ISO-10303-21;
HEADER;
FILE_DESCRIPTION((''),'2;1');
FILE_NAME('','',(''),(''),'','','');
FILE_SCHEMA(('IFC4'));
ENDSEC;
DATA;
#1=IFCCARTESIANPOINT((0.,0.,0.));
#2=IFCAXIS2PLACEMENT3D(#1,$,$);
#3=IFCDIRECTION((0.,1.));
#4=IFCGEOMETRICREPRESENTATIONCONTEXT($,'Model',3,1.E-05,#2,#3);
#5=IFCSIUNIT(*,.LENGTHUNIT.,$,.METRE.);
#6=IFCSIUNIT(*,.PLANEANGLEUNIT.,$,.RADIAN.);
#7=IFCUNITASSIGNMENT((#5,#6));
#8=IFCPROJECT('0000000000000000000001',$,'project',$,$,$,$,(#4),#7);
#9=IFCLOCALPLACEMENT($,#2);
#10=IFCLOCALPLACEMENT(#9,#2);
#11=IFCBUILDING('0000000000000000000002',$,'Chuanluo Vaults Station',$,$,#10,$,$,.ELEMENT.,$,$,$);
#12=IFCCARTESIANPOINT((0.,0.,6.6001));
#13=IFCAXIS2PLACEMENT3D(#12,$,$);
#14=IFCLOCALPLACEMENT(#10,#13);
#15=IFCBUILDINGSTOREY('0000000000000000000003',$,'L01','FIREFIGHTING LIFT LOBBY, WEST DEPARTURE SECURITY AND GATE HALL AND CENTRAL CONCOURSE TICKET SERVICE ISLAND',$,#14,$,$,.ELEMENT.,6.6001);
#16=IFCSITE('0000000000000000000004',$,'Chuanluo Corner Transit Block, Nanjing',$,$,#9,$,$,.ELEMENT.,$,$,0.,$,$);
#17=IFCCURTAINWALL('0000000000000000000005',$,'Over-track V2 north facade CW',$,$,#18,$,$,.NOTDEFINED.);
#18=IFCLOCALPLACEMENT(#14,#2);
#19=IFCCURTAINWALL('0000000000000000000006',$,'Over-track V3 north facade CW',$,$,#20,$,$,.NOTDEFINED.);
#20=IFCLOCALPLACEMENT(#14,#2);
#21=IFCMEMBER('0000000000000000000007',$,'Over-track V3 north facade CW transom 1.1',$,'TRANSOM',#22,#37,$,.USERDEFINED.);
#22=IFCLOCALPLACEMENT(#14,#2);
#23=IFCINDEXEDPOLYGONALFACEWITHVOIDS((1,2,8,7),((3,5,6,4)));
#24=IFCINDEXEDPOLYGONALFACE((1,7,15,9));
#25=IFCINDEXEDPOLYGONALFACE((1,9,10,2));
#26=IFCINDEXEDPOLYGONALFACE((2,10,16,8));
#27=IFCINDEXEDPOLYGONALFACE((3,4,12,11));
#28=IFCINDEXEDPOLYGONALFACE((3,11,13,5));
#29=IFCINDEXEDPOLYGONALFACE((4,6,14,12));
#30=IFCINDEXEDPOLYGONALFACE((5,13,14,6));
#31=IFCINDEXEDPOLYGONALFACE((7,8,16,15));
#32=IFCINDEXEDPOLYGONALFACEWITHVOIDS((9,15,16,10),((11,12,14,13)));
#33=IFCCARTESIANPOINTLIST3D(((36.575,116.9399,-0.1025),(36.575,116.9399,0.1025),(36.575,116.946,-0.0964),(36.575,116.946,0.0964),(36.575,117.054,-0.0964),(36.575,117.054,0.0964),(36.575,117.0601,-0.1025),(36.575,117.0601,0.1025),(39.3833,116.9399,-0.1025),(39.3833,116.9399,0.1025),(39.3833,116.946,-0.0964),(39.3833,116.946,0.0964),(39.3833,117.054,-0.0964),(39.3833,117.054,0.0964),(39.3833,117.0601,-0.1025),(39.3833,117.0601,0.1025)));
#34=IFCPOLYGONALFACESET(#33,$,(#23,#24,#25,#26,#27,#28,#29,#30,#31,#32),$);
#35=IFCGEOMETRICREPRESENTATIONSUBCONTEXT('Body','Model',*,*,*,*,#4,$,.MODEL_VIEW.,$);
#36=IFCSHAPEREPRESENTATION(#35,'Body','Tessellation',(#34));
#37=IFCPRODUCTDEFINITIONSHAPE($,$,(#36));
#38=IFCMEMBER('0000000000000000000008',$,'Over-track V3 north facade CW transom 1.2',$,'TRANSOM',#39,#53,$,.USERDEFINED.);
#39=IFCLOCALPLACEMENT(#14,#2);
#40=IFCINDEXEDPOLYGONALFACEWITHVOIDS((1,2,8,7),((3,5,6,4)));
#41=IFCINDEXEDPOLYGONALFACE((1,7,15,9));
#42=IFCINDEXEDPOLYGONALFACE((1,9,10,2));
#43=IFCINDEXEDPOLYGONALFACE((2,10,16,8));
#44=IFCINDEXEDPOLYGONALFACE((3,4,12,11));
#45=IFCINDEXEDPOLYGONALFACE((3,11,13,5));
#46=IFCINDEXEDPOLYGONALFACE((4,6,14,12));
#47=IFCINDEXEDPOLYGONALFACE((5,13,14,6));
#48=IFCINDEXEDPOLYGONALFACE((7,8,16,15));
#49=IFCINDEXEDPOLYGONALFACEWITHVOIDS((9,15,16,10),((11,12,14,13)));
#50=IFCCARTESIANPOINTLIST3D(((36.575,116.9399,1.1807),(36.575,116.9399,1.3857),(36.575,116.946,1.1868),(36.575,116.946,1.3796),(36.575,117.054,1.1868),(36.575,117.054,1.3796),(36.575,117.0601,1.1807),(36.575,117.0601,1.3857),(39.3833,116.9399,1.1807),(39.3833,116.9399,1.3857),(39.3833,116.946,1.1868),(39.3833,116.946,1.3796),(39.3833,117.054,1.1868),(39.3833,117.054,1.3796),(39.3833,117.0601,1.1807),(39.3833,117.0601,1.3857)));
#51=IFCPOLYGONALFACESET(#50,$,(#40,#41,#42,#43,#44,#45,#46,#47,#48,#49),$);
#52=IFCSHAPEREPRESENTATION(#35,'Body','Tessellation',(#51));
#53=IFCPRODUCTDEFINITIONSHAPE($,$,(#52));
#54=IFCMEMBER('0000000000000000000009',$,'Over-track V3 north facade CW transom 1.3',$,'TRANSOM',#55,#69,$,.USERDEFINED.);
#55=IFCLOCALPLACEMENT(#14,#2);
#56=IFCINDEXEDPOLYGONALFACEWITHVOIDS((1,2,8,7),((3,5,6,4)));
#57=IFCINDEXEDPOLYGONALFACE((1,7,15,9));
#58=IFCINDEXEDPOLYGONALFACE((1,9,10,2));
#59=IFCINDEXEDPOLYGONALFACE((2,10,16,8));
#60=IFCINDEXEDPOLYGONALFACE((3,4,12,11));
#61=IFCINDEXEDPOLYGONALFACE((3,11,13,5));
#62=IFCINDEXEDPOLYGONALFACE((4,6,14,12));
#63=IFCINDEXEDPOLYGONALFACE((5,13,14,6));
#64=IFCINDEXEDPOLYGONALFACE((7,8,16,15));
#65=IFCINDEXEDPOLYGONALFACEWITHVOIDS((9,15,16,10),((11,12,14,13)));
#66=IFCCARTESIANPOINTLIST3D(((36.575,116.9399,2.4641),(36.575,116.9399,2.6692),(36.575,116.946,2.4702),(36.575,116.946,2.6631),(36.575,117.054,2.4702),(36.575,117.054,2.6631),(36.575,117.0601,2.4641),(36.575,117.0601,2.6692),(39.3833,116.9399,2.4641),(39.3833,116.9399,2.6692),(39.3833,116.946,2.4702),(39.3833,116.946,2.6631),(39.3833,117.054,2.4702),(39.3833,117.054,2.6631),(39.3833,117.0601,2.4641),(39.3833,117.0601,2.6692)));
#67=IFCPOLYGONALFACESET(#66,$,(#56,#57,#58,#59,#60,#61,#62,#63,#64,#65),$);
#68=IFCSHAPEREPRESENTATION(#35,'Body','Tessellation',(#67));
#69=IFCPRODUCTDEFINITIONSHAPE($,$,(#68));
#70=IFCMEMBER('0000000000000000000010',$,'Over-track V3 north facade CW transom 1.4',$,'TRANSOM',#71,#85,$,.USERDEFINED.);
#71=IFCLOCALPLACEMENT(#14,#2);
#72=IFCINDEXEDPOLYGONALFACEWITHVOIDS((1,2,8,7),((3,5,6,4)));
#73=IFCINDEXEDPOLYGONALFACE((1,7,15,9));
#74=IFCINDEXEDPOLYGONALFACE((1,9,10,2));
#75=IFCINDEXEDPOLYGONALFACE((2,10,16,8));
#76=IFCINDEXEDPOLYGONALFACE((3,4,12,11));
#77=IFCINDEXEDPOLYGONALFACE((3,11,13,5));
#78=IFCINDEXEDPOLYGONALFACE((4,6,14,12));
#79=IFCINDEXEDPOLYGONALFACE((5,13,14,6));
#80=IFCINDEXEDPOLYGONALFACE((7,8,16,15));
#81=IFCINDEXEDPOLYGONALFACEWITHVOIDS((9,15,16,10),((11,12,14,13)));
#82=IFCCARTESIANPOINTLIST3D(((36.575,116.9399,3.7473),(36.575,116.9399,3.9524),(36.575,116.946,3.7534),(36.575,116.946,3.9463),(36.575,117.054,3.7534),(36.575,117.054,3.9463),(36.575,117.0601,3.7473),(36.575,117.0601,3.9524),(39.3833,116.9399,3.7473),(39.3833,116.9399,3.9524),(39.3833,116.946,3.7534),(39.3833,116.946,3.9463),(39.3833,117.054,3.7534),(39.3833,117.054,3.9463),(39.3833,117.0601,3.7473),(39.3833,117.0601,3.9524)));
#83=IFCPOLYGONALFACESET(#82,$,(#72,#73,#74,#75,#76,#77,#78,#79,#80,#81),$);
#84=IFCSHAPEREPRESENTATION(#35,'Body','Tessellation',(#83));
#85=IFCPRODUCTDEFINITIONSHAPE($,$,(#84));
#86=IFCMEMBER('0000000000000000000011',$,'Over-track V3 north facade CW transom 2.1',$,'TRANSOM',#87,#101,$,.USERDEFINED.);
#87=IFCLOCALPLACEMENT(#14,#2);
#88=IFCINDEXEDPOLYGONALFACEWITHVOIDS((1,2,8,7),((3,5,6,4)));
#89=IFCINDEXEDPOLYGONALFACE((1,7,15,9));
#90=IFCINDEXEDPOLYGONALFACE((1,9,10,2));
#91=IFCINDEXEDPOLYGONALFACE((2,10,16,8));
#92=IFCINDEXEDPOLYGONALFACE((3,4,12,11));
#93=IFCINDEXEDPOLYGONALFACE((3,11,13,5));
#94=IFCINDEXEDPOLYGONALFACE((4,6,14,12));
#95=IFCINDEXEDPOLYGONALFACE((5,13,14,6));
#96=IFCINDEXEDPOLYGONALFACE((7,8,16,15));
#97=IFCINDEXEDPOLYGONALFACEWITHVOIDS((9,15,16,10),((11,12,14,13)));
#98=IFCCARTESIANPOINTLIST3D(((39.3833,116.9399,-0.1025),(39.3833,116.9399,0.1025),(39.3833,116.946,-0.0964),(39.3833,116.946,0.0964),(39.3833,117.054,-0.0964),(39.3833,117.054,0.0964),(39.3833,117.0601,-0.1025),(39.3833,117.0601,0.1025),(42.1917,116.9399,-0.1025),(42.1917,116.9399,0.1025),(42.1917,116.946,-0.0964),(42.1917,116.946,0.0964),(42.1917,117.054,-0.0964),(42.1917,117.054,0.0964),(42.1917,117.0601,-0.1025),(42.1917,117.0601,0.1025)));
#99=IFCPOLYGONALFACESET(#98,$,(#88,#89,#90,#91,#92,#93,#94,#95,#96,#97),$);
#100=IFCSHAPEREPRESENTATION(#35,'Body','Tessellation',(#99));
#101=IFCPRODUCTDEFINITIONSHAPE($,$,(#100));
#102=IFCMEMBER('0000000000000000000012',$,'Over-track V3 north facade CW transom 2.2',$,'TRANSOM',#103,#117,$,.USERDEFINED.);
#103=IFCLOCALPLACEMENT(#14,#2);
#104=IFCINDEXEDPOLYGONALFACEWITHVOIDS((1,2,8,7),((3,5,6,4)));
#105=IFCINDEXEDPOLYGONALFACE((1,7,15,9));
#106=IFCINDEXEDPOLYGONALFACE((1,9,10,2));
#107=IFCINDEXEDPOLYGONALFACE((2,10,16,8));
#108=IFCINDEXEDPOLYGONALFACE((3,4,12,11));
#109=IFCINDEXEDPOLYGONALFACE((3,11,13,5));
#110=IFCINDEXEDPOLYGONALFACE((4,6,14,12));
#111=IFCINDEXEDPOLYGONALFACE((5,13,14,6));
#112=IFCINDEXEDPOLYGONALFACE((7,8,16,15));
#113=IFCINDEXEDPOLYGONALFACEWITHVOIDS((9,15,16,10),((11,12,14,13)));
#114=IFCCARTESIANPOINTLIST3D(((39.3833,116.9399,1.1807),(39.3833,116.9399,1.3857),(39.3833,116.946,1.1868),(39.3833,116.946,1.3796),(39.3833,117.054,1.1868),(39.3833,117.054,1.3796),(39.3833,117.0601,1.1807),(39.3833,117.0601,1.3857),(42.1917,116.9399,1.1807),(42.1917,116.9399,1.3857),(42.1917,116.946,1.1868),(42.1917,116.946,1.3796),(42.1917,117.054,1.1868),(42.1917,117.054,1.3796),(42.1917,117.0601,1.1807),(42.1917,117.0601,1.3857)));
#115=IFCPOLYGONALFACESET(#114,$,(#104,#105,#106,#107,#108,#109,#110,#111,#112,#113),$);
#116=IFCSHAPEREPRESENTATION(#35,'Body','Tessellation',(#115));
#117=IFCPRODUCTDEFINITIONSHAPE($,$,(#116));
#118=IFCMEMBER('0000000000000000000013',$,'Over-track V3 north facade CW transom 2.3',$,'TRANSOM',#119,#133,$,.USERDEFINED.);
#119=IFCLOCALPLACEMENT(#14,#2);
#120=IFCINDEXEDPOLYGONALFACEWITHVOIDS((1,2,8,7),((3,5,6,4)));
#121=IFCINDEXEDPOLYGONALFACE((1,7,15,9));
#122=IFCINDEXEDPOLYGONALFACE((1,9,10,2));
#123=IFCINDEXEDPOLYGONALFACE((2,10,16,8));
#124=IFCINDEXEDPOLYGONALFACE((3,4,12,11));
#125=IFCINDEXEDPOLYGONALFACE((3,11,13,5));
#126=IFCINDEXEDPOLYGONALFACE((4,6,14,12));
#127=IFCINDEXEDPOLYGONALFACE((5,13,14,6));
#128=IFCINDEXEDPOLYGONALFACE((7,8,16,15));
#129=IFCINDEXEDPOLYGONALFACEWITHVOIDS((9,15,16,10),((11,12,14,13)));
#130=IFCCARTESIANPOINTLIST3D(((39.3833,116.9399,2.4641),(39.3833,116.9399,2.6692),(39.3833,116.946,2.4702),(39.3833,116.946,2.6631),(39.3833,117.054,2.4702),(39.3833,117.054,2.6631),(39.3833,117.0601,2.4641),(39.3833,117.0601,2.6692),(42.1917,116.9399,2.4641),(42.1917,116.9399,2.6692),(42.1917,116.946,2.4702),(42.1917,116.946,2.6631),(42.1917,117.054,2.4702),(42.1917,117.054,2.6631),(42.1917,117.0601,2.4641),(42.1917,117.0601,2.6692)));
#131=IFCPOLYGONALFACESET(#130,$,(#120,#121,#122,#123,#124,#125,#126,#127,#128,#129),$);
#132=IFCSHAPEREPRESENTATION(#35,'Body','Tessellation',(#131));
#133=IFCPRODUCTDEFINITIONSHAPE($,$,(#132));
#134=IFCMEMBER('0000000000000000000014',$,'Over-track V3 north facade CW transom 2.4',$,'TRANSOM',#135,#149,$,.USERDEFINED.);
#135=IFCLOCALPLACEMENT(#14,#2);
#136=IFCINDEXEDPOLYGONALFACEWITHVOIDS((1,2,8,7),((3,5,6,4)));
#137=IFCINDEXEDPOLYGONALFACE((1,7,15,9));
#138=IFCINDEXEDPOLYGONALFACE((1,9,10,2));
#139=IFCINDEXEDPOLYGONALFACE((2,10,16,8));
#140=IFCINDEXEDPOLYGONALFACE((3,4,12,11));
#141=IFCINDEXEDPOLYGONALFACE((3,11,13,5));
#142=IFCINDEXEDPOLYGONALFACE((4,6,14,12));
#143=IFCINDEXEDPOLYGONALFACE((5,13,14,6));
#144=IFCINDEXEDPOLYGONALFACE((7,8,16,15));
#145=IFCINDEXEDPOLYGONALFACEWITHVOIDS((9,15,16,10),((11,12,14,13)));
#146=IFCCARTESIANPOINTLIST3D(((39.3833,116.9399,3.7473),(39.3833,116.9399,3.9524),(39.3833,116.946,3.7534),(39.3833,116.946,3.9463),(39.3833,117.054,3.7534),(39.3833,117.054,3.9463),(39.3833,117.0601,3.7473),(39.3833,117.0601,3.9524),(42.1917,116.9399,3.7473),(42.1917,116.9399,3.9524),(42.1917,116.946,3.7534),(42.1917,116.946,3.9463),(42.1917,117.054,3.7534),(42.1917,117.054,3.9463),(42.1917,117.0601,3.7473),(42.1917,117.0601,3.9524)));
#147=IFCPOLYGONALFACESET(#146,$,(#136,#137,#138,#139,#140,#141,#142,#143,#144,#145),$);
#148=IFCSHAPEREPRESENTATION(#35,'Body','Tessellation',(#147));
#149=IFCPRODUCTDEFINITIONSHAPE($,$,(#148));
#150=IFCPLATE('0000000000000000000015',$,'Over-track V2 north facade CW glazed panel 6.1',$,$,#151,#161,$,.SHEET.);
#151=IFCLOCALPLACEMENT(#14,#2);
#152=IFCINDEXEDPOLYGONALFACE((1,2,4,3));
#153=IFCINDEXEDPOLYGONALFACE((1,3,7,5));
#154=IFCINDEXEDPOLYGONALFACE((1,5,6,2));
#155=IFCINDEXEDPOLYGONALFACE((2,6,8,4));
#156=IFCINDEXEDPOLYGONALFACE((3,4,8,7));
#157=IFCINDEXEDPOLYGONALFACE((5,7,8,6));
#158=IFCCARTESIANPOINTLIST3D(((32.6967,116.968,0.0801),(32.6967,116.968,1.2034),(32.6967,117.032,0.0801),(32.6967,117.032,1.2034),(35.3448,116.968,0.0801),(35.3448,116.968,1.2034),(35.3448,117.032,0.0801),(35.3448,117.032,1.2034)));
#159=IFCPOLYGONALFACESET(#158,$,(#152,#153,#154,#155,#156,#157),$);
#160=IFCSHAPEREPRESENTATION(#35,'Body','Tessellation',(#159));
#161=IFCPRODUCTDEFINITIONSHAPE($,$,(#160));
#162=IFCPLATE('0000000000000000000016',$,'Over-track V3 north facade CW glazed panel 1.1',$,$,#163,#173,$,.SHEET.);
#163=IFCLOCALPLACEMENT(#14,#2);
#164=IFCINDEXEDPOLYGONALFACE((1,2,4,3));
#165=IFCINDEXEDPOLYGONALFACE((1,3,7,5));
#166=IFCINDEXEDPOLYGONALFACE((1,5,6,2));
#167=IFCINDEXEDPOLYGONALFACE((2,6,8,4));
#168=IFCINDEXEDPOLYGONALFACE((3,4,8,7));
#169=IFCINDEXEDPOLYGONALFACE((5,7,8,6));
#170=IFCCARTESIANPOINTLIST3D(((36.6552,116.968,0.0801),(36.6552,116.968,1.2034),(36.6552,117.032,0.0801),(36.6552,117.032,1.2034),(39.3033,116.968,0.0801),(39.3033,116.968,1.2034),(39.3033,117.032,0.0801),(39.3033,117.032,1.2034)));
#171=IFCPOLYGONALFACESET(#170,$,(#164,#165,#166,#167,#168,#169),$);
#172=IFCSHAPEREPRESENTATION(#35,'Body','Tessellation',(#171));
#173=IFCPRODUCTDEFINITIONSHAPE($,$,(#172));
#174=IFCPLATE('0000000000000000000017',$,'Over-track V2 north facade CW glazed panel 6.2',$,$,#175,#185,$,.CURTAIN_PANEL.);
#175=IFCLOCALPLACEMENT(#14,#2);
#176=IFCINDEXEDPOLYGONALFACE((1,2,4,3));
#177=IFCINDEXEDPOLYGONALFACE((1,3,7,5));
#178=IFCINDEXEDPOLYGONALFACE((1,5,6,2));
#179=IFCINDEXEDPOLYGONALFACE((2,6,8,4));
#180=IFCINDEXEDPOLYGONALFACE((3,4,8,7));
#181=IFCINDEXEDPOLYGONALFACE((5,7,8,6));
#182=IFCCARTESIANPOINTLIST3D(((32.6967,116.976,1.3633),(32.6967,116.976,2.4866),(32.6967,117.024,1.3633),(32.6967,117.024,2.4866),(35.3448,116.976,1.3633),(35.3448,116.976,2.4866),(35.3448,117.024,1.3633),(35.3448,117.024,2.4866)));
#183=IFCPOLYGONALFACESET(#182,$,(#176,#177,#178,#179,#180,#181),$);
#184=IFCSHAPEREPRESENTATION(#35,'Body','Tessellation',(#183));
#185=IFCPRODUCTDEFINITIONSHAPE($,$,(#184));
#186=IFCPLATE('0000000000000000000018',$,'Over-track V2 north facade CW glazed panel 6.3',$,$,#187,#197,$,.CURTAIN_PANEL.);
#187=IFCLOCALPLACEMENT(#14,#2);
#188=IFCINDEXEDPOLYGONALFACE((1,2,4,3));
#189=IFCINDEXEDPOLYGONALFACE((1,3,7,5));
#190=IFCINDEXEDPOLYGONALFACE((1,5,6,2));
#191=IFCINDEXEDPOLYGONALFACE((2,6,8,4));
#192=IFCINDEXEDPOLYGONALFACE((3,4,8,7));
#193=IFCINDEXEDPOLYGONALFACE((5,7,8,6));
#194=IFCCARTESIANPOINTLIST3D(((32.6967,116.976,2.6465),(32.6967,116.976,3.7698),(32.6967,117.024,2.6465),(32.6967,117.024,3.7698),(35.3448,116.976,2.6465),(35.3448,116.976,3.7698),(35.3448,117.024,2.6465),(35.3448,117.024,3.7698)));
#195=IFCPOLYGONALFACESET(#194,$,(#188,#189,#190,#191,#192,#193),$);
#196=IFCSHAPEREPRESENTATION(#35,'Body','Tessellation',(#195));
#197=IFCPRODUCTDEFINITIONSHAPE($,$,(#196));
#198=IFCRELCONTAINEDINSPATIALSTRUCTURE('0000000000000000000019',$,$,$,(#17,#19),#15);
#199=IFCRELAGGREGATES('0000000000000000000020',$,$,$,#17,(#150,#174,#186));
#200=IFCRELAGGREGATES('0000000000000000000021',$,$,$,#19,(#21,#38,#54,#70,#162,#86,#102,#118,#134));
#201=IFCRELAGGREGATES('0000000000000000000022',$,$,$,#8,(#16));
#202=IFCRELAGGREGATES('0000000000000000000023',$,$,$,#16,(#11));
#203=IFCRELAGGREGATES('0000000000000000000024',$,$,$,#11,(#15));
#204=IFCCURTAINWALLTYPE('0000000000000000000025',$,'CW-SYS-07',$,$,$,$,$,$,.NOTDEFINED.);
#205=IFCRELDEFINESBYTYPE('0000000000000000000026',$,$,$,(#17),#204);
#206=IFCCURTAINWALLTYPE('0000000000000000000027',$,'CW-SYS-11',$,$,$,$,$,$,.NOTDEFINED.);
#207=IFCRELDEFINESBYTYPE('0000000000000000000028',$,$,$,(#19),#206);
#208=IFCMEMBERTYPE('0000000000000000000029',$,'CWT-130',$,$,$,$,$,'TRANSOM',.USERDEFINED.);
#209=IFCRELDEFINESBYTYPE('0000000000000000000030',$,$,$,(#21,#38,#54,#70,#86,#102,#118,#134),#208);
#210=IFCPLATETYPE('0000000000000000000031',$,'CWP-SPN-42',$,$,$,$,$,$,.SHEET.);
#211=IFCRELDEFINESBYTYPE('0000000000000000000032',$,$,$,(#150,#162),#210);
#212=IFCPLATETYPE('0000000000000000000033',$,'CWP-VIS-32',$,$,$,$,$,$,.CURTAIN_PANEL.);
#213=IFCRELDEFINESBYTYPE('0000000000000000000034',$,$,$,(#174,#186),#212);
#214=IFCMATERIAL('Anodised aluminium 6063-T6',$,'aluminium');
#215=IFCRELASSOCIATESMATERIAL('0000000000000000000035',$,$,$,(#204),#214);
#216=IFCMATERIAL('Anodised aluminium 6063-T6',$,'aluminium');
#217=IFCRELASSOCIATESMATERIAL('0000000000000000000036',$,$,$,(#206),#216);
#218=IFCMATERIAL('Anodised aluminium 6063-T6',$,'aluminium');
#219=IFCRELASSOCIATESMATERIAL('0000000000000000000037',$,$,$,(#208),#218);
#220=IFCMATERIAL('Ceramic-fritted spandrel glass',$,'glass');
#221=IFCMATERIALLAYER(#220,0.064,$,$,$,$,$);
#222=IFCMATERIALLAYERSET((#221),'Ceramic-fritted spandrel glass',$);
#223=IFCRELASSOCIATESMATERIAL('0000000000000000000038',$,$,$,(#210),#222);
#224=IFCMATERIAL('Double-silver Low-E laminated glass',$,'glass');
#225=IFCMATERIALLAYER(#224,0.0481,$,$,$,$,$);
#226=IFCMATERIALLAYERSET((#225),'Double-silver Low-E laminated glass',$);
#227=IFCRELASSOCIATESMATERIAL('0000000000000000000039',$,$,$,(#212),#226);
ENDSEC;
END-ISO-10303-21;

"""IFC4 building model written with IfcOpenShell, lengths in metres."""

from ifc_helpers import new_model, si_unit, direction, frame, origin, origin_2d, place, context, subcontext, project, spatial, rectangle, hollow_rectangle, extrude, material, layer, layer_set, material_profile, profile_set, type_object, element, aggregate, save


model = new_model("IFC4")

# Units and contexts
model_context = context("Model", 3, precision=1e-05, world=origin(), true_north=direction((0.0, 1.0)))
body_context = subcontext(model_context, "Body", "Model", "MODEL_VIEW")
ifc_project = project(units=[si_unit("LENGTHUNIT", "METRE"), si_unit("PLANEANGLEUNIT", "RADIAN")], contexts=[model_context])

# Site, building, storey
site_placement = place(None, origin())
site = spatial("IfcSite", under=ifc_project, at=site_placement, Name="Chuanluo Corner Transit Block, Nanjing", CompositionType="ELEMENT", RefElevation=0.0)
building_placement = place(site_placement, origin())
building = spatial("IfcBuilding", under=site, at=building_placement, Name="Chuanluo Vaults Station", CompositionType="ELEMENT")
storey_placement = place(building_placement, frame((0.0, 0.0, 6.6001)))
storey = spatial("IfcBuildingStorey", under=building, at=storey_placement, Name="L01", Description="FIREFIGHTING LIFT LOBBY, WEST DEPARTURE SECURITY AND GATE HALL AND CENTRAL CONCOURSE TICKET SERVICE ISLAND", CompositionType="ELEMENT", Elevation=6.6001)

# Curtain wall
ifc_material_1 = material(Name="Anodised aluminium 6063-T6", Category="aluminium")
curtain_wall_type_1 = type_object("IfcCurtainWallType", Name="CW-SYS-07", PredefinedType="NOTDEFINED", material=ifc_material_1)
curtain_wall_1_placement = place(storey_placement, origin())
curtain_wall_1 = element("IfcCurtainWall", 1, at=curtain_wall_1_placement, inside=storey, type_object=curtain_wall_type_1, Name="Over-track V2 north facade CW", PredefinedType="NOTDEFINED")

# Curtain wall
ifc_material_2 = material(Name="Anodised aluminium 6063-T6", Category="aluminium")
curtain_wall_type_2 = type_object("IfcCurtainWallType", Name="CW-SYS-11", PredefinedType="NOTDEFINED", material=ifc_material_2)
curtain_wall_2_placement = place(storey_placement, origin())
curtain_wall_2 = element("IfcCurtainWall", 2, at=curtain_wall_2_placement, inside=storey, type_object=curtain_wall_type_2, Name="Over-track V3 north facade CW", PredefinedType="NOTDEFINED")

# Members
ifc_material_3 = material(Name="Anodised aluminium 6063-T6", Category="aluminium")
ifc_material_profile_1 = material_profile(ifc_material_3, hollow_rectangle(XDim=0.1201, YDim=0.2051, WallThickness=0.0061, at=origin_2d()))
ifc_profile_set_1 = profile_set([ifc_material_profile_1], Name="Anodised aluminium 6063-T6")
member_type_1 = type_object("IfcMemberType", Name="CWT-130", ElementType="TRANSOM", PredefinedType="USERDEFINED", material=ifc_profile_set_1)
member_1_placement = place(storey_placement, frame((36.575, 117.0, 0.0), z_axis=(1.0, 0.0, 0.0), x_axis=(0.0, 1.0, 0.0)))
member_1 = element("IfcMember", 3, at=member_1_placement, type_object=member_type_1, Name="Over-track V3 north facade CW transom 1.1", ObjectType="TRANSOM", PredefinedType="USERDEFINED", context=body_context, shape_type="SweptSolid", body=[
    extrude(hollow_rectangle(XDim=0.1201, YDim=0.2051, WallThickness=0.0061, at=origin_2d()), origin(), (0.0, 0.0, 1.0), 2.8083),
])
member_2_placement = place(storey_placement, frame((36.575, 117.0, 1.2832), z_axis=(1.0, 0.0, 0.0), x_axis=(0.0, 1.0, 0.0)))
member_2 = element("IfcMember", 4, at=member_2_placement, type_object=member_type_1, Name="Over-track V3 north facade CW transom 1.2", ObjectType="TRANSOM", PredefinedType="USERDEFINED", context=body_context, shape_type="SweptSolid", body=[
    extrude(hollow_rectangle(XDim=0.1201, YDim=0.2051, WallThickness=0.0061, at=origin_2d()), origin(), (0.0, 0.0, 1.0), 2.8083),
])
member_3_placement = place(storey_placement, frame((36.575, 117.0, 2.5667), z_axis=(1.0, 0.0, 0.0), x_axis=(0.0, 1.0, 0.0)))
member_3 = element("IfcMember", 5, at=member_3_placement, type_object=member_type_1, Name="Over-track V3 north facade CW transom 1.3", ObjectType="TRANSOM", PredefinedType="USERDEFINED", context=body_context, shape_type="SweptSolid", body=[
    extrude(hollow_rectangle(XDim=0.1201, YDim=0.2051, WallThickness=0.0061, at=origin_2d()), origin(), (0.0, 0.0, 1.0), 2.8083),
])
member_4_placement = place(storey_placement, frame((36.575, 117.0, 3.8499), z_axis=(1.0, 0.0, 0.0), x_axis=(0.0, 1.0, 0.0)))
member_4 = element("IfcMember", 6, at=member_4_placement, type_object=member_type_1, Name="Over-track V3 north facade CW transom 1.4", ObjectType="TRANSOM", PredefinedType="USERDEFINED", context=body_context, shape_type="SweptSolid", body=[
    extrude(hollow_rectangle(XDim=0.1201, YDim=0.2051, WallThickness=0.0061, at=origin_2d()), origin(), (0.0, 0.0, 1.0), 2.8083),
])
member_5_placement = place(storey_placement, frame((39.3833, 117.0, 0.0), z_axis=(1.0, 0.0, 0.0), x_axis=(0.0, 1.0, 0.0)))
member_5 = element("IfcMember", 7, at=member_5_placement, type_object=member_type_1, Name="Over-track V3 north facade CW transom 2.1", ObjectType="TRANSOM", PredefinedType="USERDEFINED", context=body_context, shape_type="SweptSolid", body=[
    extrude(hollow_rectangle(XDim=0.1201, YDim=0.2051, WallThickness=0.0061, at=origin_2d()), origin(), (0.0, 0.0, 1.0), 2.8083),
])
member_6_placement = place(storey_placement, frame((39.3833, 117.0, 1.2832), z_axis=(1.0, 0.0, 0.0), x_axis=(0.0, 1.0, 0.0)))
member_6 = element("IfcMember", 8, at=member_6_placement, type_object=member_type_1, Name="Over-track V3 north facade CW transom 2.2", ObjectType="TRANSOM", PredefinedType="USERDEFINED", context=body_context, shape_type="SweptSolid", body=[
    extrude(hollow_rectangle(XDim=0.1201, YDim=0.2051, WallThickness=0.0061, at=origin_2d()), origin(), (0.0, 0.0, 1.0), 2.8083),
])
member_7_placement = place(storey_placement, frame((39.3833, 117.0, 2.5667), z_axis=(1.0, 0.0, 0.0), x_axis=(0.0, 1.0, 0.0)))
member_7 = element("IfcMember", 9, at=member_7_placement, type_object=member_type_1, Name="Over-track V3 north facade CW transom 2.3", ObjectType="TRANSOM", PredefinedType="USERDEFINED", context=body_context, shape_type="SweptSolid", body=[
    extrude(hollow_rectangle(XDim=0.1201, YDim=0.2051, WallThickness=0.0061, at=origin_2d()), origin(), (0.0, 0.0, 1.0), 2.8083),
])
member_8_placement = place(storey_placement, frame((39.3833, 117.0, 3.8499), z_axis=(1.0, 0.0, 0.0), x_axis=(0.0, 1.0, 0.0)))
member_8 = element("IfcMember", 10, at=member_8_placement, type_object=member_type_1, Name="Over-track V3 north facade CW transom 2.4", ObjectType="TRANSOM", PredefinedType="USERDEFINED", context=body_context, shape_type="SweptSolid", body=[
    extrude(hollow_rectangle(XDim=0.1201, YDim=0.2051, WallThickness=0.0061, at=origin_2d()), origin(), (0.0, 0.0, 1.0), 2.8083),
])

# Plates
ifc_material_4 = material(Name="Ceramic-fritted spandrel glass", Category="glass")
ifc_layer_1 = layer(ifc_material_4, 0.064)
ifc_layer_set_1 = layer_set([ifc_layer_1], Name="Ceramic-fritted spandrel glass")
plate_type_1 = type_object("IfcPlateType", Name="CWP-SPN-42", PredefinedType="SHEET", material=ifc_layer_set_1)
plate_1_placement = place(storey_placement, frame((34.0208, 117.0, 0.0801), z_axis=(0.0, 0.0, 1.0), x_axis=(1.0, 0.0, 0.0)))
plate_1 = element("IfcPlate", 11, at=plate_1_placement, type_object=plate_type_1, Name="Over-track V2 north facade CW glazed panel 6.1", PredefinedType="SHEET", context=body_context, shape_type="SweptSolid", body=[
    extrude(rectangle(XDim=2.6482, YDim=0.064, at=origin_2d()), origin(), (0.0, 0.0, 1.0), 1.1233),
])
plate_2_placement = place(storey_placement, frame((37.9792, 117.0, 0.0801), z_axis=(0.0, 0.0, 1.0), x_axis=(1.0, 0.0, 0.0)))
plate_2 = element("IfcPlate", 12, at=plate_2_placement, type_object=plate_type_1, Name="Over-track V3 north facade CW glazed panel 1.1", PredefinedType="SHEET", context=body_context, shape_type="SweptSolid", body=[
    extrude(rectangle(XDim=2.6482, YDim=0.064, at=origin_2d()), origin(), (0.0, 0.0, 1.0), 1.1233),
])
ifc_material_5 = material(Name="Double-silver Low-E laminated glass", Category="glass")
ifc_layer_2 = layer(ifc_material_5, 0.0481)
ifc_layer_set_2 = layer_set([ifc_layer_2], Name="Double-silver Low-E laminated glass")
plate_type_2 = type_object("IfcPlateType", Name="CWP-VIS-32", PredefinedType="CURTAIN_PANEL", material=ifc_layer_set_2)
plate_3_placement = place(storey_placement, frame((34.0208, 117.0, 1.3633), z_axis=(0.0, 0.0, 1.0), x_axis=(1.0, 0.0, 0.0)))
plate_3 = element("IfcPlate", 13, at=plate_3_placement, type_object=plate_type_2, Name="Over-track V2 north facade CW glazed panel 6.2", PredefinedType="CURTAIN_PANEL", context=body_context, shape_type="SweptSolid", body=[
    extrude(rectangle(XDim=2.6482, YDim=0.0481, at=origin_2d()), origin(), (0.0, 0.0, 1.0), 1.1233),
])
plate_4_placement = place(storey_placement, frame((34.0208, 117.0, 2.6465), z_axis=(0.0, 0.0, 1.0), x_axis=(1.0, 0.0, 0.0)))
plate_4 = element("IfcPlate", 14, at=plate_4_placement, type_object=plate_type_2, Name="Over-track V2 north facade CW glazed panel 6.3", PredefinedType="CURTAIN_PANEL", context=body_context, shape_type="SweptSolid", body=[
    extrude(rectangle(XDim=2.6482, YDim=0.0481, at=origin_2d()), origin(), (0.0, 0.0, 1.0), 1.1233),
])
aggregate(curtain_wall_1, [plate_1, plate_3, plate_4])
aggregate(curtain_wall_2, [member_1, member_2, member_3, member_4, plate_2, member_5, member_6, member_7, member_8])

save(model, "model.ifc")
